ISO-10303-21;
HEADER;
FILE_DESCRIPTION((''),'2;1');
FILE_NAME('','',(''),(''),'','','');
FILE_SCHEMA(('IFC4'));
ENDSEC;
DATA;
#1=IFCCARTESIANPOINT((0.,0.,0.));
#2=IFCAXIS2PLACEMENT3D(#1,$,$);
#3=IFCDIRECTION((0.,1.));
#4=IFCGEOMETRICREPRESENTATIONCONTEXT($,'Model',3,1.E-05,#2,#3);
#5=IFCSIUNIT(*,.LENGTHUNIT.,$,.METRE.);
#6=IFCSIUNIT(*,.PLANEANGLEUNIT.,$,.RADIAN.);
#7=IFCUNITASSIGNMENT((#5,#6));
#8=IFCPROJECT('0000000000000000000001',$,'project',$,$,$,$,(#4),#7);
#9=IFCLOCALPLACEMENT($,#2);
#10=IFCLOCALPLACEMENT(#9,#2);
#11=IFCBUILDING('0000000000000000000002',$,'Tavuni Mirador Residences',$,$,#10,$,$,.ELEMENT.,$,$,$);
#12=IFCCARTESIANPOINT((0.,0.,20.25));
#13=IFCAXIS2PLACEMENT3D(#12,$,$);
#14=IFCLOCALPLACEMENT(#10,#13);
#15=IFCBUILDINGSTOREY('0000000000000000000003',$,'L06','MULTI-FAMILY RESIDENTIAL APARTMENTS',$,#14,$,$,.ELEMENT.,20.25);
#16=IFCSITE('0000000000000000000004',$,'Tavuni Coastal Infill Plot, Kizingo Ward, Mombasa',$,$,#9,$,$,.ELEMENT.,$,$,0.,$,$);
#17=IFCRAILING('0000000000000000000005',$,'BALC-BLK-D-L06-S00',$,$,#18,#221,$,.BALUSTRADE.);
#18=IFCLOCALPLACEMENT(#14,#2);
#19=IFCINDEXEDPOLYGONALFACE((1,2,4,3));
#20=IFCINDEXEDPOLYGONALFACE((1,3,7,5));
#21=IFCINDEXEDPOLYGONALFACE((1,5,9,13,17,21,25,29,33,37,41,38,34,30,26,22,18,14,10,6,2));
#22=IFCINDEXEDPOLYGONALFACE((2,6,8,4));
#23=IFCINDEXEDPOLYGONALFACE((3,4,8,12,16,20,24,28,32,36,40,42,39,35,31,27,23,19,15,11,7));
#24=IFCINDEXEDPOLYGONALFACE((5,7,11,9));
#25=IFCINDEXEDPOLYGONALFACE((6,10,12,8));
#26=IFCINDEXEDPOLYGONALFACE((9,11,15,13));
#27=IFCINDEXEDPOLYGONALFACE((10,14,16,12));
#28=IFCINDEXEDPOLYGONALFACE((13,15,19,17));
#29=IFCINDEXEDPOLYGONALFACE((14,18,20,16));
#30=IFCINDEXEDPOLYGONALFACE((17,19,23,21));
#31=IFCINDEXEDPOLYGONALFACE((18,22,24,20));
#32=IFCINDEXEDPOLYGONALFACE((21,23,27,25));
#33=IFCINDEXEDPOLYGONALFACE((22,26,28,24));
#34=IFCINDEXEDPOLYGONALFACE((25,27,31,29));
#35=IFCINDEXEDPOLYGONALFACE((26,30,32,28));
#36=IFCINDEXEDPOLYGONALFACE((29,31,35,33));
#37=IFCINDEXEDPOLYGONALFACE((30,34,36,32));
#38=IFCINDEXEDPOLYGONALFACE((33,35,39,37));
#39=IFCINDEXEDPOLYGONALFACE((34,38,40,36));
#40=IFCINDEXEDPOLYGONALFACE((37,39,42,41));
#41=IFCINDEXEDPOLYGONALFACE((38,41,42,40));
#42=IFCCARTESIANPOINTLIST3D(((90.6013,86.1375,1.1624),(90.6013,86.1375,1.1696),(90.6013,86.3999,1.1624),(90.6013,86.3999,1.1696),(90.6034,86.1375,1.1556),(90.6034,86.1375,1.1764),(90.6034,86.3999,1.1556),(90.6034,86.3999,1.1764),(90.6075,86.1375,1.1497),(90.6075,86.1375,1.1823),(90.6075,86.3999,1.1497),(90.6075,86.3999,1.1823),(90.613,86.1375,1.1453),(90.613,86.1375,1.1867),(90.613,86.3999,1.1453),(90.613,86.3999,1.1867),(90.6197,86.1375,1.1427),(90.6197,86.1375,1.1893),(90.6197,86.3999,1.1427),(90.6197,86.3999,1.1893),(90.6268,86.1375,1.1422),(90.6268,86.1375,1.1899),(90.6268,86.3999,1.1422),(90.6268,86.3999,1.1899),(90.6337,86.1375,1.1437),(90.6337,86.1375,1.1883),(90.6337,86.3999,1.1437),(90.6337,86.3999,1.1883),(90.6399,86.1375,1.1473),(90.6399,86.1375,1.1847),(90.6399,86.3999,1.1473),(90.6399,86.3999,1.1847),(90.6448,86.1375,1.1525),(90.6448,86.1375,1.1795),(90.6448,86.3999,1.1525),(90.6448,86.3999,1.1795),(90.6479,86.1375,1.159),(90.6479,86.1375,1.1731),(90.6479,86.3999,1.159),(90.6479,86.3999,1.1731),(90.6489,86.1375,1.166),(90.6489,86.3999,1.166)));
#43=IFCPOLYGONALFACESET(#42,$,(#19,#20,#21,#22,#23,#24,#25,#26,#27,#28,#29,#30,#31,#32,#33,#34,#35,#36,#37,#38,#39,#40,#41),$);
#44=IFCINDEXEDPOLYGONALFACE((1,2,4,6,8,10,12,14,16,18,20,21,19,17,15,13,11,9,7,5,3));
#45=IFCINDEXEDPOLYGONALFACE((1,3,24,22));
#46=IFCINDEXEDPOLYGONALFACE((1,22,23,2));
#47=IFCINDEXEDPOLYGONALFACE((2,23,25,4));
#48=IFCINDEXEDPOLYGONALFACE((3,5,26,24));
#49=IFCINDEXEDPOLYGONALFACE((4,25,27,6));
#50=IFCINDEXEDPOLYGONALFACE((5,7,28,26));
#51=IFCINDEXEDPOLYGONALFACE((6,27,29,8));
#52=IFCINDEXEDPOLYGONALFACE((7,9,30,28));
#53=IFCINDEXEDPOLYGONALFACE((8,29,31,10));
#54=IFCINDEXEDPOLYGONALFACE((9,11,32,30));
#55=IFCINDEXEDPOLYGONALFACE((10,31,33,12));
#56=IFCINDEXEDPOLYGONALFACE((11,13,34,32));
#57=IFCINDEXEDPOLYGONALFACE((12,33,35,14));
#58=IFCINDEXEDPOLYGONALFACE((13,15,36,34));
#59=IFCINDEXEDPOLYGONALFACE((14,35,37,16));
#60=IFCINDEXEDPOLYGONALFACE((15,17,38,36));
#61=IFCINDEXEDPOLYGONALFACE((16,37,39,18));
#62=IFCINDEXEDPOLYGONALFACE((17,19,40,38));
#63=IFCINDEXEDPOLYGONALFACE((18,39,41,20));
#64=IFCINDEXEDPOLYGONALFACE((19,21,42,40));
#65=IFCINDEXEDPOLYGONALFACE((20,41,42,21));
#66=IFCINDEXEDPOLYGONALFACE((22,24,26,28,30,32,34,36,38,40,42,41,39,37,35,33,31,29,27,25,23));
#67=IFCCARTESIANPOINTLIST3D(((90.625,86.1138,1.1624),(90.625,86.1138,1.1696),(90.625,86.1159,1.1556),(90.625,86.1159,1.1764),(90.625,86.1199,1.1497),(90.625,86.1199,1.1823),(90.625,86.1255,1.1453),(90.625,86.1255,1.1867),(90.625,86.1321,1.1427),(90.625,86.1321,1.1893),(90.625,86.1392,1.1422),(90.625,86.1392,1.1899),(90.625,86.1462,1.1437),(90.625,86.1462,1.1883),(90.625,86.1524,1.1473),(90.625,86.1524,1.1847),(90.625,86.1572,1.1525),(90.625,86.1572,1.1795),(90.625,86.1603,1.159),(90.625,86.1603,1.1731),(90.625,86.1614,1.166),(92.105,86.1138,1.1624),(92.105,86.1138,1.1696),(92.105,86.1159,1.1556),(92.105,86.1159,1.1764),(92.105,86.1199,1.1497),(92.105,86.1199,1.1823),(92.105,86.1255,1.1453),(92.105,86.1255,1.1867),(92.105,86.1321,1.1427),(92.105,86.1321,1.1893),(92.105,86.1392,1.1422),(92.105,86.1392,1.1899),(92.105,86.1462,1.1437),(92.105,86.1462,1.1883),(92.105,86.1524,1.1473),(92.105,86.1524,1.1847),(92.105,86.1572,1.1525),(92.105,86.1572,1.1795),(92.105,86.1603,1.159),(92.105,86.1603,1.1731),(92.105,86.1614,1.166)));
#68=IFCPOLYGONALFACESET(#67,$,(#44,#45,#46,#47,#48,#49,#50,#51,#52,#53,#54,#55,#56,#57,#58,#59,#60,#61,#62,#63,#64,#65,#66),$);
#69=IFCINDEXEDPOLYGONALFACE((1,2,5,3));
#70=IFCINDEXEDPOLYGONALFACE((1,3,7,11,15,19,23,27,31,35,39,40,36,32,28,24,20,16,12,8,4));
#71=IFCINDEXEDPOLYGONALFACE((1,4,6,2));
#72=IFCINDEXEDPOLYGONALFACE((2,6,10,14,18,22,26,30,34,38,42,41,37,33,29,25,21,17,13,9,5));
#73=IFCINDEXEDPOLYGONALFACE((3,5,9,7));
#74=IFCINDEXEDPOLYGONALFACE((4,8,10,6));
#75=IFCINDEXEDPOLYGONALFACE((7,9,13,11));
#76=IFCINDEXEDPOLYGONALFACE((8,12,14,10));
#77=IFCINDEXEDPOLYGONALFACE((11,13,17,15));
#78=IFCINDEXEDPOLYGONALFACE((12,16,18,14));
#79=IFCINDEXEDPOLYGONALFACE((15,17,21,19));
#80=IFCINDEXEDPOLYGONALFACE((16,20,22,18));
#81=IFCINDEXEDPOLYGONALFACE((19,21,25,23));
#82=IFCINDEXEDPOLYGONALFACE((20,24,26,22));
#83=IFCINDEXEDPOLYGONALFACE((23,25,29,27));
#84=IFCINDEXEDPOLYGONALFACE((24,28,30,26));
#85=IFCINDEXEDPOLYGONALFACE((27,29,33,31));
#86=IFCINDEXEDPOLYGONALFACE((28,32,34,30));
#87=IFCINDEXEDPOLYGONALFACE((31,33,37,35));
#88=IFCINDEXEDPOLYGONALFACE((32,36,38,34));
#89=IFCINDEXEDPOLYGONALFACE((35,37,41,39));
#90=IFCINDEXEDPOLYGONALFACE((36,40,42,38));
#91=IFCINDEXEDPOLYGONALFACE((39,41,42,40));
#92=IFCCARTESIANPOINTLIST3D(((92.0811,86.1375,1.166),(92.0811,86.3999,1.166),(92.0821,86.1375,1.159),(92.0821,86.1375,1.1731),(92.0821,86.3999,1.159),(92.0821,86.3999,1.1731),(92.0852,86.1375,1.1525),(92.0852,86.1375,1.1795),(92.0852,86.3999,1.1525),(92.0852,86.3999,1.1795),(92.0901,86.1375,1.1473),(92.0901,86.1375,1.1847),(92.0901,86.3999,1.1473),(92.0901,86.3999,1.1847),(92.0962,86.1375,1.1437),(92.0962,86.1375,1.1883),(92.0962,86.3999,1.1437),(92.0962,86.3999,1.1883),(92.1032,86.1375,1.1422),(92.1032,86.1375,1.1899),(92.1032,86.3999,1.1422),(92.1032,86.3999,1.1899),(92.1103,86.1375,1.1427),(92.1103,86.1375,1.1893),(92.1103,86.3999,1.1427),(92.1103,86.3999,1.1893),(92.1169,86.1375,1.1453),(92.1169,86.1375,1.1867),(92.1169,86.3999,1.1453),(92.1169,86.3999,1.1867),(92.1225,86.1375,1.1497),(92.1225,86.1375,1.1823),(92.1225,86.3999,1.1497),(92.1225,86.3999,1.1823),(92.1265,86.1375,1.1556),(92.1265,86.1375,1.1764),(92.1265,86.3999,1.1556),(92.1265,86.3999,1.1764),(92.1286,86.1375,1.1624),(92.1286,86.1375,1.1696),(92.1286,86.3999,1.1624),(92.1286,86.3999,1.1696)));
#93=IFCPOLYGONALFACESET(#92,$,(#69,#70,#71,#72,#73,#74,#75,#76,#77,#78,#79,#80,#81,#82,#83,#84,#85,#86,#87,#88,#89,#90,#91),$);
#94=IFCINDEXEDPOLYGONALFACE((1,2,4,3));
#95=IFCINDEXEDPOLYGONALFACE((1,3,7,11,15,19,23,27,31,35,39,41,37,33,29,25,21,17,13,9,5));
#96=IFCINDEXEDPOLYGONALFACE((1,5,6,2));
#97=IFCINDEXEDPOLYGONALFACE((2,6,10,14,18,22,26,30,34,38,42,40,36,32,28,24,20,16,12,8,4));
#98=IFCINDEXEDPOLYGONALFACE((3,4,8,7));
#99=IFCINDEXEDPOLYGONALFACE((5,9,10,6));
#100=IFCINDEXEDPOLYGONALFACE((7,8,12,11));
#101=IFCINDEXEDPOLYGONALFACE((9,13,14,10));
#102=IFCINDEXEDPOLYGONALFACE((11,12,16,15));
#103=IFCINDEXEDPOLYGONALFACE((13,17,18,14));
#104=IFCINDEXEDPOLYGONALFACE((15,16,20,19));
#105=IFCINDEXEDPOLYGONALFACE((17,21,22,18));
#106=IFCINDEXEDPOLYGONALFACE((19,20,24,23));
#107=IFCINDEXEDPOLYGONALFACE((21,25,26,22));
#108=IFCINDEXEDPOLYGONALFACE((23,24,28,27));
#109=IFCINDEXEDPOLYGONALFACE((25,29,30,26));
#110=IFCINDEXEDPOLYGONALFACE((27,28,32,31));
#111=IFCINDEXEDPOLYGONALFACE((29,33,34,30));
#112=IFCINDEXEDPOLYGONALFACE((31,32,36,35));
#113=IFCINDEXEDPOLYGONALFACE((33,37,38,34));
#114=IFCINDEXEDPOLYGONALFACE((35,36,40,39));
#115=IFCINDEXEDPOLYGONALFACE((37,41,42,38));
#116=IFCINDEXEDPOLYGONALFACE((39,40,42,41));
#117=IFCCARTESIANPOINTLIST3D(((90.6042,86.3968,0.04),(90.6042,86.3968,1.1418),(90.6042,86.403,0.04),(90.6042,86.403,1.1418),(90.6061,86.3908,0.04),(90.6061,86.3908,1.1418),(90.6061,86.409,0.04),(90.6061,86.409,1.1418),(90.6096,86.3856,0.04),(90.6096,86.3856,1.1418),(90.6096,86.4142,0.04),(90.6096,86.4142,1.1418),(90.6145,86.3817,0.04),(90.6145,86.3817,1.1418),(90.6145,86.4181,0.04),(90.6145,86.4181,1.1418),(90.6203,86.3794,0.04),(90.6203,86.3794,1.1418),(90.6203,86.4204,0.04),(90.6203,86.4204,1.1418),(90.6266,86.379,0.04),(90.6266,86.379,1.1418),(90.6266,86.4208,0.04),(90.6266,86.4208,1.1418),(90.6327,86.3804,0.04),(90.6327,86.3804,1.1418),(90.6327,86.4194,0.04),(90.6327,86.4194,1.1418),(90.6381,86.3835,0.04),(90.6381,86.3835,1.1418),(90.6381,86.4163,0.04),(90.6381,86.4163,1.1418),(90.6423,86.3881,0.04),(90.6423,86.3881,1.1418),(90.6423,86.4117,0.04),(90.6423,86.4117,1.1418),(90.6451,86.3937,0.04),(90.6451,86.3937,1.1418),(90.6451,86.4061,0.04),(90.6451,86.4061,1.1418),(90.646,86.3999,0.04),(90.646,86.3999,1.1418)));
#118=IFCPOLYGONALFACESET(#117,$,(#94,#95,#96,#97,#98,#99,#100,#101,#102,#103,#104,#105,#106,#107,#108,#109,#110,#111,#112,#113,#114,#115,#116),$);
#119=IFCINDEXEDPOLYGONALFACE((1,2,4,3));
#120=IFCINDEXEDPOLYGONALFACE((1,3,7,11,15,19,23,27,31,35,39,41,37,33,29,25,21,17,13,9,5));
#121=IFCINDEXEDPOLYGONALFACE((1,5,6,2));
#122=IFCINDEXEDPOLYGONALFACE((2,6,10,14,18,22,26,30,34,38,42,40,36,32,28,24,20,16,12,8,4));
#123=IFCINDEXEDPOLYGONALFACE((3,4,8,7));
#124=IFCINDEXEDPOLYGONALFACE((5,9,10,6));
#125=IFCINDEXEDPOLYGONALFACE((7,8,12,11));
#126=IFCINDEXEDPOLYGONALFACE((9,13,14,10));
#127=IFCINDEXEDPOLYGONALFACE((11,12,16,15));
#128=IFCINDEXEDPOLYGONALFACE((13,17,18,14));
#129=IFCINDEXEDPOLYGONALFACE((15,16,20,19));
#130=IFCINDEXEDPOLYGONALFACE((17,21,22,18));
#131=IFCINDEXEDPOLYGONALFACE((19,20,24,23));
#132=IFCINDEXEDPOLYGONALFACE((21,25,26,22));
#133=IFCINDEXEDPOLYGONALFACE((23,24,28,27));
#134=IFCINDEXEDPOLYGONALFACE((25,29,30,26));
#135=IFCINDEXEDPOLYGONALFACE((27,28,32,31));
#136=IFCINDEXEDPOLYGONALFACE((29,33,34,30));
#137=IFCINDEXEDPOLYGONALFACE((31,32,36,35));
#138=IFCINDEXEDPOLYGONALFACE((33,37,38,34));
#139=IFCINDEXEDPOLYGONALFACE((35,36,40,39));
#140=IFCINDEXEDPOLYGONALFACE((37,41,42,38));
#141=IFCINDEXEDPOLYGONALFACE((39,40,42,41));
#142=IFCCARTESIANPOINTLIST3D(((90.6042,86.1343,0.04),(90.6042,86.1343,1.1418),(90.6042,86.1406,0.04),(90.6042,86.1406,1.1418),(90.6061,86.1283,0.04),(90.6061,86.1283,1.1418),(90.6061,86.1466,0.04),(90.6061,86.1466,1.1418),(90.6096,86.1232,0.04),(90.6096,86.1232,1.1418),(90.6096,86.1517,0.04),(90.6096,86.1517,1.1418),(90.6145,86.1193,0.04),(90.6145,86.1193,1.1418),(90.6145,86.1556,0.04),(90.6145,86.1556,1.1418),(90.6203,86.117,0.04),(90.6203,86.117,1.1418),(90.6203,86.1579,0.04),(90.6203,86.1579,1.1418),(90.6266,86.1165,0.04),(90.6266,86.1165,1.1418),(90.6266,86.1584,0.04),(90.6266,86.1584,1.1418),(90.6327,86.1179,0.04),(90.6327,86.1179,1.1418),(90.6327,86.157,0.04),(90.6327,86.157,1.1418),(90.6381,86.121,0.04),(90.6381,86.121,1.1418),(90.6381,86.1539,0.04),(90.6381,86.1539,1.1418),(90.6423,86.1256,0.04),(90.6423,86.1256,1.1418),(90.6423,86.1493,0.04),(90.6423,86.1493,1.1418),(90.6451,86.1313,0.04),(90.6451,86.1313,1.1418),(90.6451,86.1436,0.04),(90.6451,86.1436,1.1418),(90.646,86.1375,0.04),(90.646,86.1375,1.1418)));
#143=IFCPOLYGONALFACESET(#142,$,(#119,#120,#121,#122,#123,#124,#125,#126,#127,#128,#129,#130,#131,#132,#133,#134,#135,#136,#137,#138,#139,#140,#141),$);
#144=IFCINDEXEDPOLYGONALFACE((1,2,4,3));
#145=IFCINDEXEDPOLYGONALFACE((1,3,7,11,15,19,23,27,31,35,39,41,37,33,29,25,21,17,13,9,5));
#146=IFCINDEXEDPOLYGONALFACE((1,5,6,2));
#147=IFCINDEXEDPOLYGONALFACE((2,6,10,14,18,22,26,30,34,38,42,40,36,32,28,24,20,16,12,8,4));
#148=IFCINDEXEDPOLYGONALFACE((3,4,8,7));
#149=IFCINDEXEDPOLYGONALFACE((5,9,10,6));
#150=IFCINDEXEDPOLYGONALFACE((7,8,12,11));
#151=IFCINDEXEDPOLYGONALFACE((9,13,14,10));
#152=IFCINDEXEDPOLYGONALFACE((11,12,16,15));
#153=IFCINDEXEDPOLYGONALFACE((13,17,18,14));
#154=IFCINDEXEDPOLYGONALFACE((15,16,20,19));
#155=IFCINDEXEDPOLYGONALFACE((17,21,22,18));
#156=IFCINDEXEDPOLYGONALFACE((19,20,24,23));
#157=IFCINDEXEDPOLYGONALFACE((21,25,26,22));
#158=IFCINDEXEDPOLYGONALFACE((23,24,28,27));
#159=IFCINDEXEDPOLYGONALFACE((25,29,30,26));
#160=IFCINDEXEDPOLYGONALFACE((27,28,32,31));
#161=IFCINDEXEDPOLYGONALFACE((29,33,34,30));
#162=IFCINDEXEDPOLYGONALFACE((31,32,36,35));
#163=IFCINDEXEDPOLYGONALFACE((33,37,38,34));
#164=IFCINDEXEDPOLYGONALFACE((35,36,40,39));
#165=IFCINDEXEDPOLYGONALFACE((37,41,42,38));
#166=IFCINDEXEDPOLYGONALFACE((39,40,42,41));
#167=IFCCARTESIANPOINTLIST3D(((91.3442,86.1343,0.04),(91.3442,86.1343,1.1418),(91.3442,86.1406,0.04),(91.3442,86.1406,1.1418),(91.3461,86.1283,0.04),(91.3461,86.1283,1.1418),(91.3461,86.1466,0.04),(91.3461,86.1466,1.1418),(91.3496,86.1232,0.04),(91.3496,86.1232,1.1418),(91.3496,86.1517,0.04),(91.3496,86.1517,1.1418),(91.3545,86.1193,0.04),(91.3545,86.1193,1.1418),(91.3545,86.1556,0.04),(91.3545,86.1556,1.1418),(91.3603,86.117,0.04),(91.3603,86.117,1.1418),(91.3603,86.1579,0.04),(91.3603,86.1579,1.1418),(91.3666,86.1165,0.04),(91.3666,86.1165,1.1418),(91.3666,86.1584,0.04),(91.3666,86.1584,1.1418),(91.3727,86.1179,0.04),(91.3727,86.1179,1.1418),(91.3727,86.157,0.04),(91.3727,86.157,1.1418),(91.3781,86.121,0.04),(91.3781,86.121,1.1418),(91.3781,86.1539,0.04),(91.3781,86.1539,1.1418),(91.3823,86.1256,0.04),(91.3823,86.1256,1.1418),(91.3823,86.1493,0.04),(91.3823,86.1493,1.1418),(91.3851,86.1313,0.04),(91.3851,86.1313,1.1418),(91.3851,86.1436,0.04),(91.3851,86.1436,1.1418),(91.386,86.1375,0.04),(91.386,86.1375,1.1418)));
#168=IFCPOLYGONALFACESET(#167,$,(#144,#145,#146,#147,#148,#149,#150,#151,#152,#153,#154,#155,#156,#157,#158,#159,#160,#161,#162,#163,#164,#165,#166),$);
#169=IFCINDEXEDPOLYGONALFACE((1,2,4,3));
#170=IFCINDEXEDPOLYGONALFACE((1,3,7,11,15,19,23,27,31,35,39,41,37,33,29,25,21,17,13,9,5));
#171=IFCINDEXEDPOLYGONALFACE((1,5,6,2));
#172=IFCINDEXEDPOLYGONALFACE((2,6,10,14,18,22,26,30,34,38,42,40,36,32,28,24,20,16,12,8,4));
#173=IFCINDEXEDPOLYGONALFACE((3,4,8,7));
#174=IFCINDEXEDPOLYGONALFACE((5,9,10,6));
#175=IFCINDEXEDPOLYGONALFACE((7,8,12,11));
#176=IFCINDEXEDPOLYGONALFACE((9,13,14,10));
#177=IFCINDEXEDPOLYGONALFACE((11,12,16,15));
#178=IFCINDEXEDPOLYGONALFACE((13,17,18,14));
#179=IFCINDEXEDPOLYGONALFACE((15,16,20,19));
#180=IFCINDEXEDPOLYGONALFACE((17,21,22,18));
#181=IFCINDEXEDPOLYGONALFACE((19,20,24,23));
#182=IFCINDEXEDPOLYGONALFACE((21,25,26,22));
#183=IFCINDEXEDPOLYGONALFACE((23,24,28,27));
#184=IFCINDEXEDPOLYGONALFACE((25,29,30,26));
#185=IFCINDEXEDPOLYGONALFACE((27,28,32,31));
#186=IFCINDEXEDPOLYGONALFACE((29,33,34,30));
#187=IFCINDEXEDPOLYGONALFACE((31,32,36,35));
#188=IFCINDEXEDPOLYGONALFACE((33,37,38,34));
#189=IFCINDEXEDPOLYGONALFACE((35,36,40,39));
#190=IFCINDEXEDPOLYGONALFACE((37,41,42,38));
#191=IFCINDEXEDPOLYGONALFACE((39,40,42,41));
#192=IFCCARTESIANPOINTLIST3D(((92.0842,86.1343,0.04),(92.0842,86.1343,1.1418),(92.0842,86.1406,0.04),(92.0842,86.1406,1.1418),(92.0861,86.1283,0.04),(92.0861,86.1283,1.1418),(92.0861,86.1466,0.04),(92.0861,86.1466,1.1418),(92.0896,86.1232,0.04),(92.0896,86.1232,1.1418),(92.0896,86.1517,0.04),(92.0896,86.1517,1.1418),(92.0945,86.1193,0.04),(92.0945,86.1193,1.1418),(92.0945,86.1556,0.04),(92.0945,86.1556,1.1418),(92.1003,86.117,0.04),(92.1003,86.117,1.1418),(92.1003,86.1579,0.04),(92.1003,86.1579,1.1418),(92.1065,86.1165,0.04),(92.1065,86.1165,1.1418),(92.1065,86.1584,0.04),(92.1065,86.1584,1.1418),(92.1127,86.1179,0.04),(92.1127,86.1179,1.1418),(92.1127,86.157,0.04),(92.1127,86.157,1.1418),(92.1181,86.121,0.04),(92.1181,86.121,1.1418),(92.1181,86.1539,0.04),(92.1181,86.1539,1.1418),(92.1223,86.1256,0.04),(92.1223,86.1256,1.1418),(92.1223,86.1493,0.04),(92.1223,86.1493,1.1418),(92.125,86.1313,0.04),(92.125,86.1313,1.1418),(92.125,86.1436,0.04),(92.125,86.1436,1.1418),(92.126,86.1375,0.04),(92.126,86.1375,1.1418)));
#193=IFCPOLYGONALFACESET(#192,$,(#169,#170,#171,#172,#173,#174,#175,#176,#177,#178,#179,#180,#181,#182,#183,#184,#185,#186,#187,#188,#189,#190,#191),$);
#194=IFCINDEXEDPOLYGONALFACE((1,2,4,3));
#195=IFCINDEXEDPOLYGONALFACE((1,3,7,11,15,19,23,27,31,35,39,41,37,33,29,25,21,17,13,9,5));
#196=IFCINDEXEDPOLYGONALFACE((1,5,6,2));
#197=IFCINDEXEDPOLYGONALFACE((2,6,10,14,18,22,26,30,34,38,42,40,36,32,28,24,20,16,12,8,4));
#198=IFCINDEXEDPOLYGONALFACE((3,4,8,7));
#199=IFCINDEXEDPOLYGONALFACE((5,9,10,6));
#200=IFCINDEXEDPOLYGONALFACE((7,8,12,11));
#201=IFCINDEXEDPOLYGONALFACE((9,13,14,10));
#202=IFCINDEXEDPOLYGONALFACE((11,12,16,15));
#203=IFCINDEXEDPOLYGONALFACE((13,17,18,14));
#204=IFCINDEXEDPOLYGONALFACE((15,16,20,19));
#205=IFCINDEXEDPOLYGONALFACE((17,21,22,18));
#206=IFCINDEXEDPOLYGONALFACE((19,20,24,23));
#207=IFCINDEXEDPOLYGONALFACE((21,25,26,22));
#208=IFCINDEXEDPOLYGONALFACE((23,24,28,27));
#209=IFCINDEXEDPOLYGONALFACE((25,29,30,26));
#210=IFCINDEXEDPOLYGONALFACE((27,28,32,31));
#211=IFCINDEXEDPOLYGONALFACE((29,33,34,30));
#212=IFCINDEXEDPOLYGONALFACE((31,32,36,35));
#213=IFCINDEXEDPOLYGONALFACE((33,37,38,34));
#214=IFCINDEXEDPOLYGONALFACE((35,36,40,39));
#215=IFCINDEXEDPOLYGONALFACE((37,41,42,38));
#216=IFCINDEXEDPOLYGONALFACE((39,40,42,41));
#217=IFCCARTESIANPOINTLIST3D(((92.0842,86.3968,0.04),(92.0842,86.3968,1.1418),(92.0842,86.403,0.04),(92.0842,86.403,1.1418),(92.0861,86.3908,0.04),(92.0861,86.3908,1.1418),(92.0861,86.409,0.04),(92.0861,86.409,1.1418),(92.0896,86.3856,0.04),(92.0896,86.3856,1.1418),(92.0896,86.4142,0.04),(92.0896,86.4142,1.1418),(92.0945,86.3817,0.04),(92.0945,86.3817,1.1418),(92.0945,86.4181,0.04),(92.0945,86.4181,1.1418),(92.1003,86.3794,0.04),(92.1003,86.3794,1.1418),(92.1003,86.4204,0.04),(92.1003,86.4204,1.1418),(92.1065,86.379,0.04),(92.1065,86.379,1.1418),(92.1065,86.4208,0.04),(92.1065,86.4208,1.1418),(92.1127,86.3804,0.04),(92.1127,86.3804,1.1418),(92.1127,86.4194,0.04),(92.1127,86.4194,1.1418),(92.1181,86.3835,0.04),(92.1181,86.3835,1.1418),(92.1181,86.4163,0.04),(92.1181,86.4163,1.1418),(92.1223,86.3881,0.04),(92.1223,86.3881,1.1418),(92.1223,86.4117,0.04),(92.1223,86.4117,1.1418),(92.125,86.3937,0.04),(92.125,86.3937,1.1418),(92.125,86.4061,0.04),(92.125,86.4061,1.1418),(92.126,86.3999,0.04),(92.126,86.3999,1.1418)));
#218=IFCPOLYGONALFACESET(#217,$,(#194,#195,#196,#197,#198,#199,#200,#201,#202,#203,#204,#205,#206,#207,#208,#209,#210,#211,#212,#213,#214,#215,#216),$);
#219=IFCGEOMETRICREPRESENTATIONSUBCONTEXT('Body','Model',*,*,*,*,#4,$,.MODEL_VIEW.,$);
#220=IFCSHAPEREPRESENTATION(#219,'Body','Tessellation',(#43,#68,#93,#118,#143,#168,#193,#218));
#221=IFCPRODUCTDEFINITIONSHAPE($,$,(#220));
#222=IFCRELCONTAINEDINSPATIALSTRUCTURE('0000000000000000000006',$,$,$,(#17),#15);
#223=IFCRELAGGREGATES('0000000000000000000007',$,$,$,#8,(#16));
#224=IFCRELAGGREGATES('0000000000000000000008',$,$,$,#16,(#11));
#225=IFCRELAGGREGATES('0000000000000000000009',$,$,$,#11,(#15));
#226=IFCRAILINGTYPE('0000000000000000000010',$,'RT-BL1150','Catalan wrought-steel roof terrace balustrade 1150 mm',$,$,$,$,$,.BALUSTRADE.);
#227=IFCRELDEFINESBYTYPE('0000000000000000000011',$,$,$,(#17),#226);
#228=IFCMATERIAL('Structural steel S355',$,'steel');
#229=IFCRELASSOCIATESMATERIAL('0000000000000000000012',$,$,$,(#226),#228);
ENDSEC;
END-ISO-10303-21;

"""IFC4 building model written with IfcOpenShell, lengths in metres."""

from ifc_helpers import new_model, si_unit, direction, frame, origin, origin_2d, place, context, subcontext, project, spatial, circle, extrude, material, type_object, element, save


model = new_model("IFC4")

# Units and contexts
model_context = context("Model", 3, precision=1e-05, world=origin(), true_north=direction((0.0, 1.0)))
body_context = subcontext(model_context, "Body", "Model", "MODEL_VIEW")
ifc_project = project(units=[si_unit("LENGTHUNIT", "METRE"), si_unit("PLANEANGLEUNIT", "RADIAN")], contexts=[model_context])

# Site, building, storey
site_placement = place(None, origin())
site = spatial("IfcSite", under=ifc_project, at=site_placement, Name="Tavuni Coastal Infill Plot, Kizingo Ward, Mombasa", CompositionType="ELEMENT", RefElevation=0.0)
building_placement = place(site_placement, origin())
building = spatial("IfcBuilding", under=site, at=building_placement, Name="Tavuni Mirador Residences", CompositionType="ELEMENT")
storey_placement = place(building_placement, frame((0.0, 0.0, 20.25)))
storey = spatial("IfcBuildingStorey", under=building, at=storey_placement, Name="L06", Description="MULTI-FAMILY RESIDENTIAL APARTMENTS", CompositionType="ELEMENT", Elevation=20.25)

# Railing
ifc_material_1 = material(Name="Structural steel S355", Category="steel")
railing_type = type_object("IfcRailingType", Name="RT-BL1150", Description="Catalan wrought-steel roof terrace balustrade 1150 mm", PredefinedType="BALUSTRADE", material=ifc_material_1)
railing_placement = place(storey_placement, frame((90.625, 86.3999, 0.04)))
element("IfcRailing", 1, at=railing_placement, inside=storey, type_object=railing_type, Name="BALC-BLK-D-L06-S00", PredefinedType="BALUSTRADE", context=body_context, shape_type="SweptSolid", body=[
    extrude(circle(Radius=0.0239, at=origin_2d()), frame((0.0, 0.0, 1.126), z_axis=(0.0, -1.0, 0.0), x_axis=(1.0, 0.0, 0.0)), (0.0, 0.0, 1.0), 0.2625),
    extrude(circle(Radius=0.0239, at=origin_2d()), frame((0.0, -0.2625, 1.126), z_axis=(1.0, 0.0, 0.0), x_axis=(0.0, 1.0, 0.0)), (0.0, 0.0, 1.0), 1.48),
    extrude(circle(Radius=0.0239, at=origin_2d()), frame((1.48, -0.2625, 1.126), z_axis=(0.0, 1.0, 0.0), x_axis=(-1.0, 0.0, 0.0)), (0.0, 0.0, 1.0), 0.2625),
    extrude(circle(Radius=0.021, at=origin_2d()), origin(), (0.0, 0.0, 1.0), 1.1018),
    extrude(circle(Radius=0.021, at=origin_2d()), frame((0.0, -0.2625, 0.0)), (0.0, 0.0, 1.0), 1.1018),
    extrude(circle(Radius=0.021, at=origin_2d()), frame((0.74, -0.2625, 0.0)), (0.0, 0.0, 1.0), 1.1018),
    extrude(circle(Radius=0.021, at=origin_2d()), frame((1.48, -0.2625, 0.0)), (0.0, 0.0, 1.0), 1.1018),
    extrude(circle(Radius=0.021, at=origin_2d()), frame((1.48, 0.0, 0.0)), (0.0, 0.0, 1.0), 1.1018),
])

save(model, "model.ifc")
